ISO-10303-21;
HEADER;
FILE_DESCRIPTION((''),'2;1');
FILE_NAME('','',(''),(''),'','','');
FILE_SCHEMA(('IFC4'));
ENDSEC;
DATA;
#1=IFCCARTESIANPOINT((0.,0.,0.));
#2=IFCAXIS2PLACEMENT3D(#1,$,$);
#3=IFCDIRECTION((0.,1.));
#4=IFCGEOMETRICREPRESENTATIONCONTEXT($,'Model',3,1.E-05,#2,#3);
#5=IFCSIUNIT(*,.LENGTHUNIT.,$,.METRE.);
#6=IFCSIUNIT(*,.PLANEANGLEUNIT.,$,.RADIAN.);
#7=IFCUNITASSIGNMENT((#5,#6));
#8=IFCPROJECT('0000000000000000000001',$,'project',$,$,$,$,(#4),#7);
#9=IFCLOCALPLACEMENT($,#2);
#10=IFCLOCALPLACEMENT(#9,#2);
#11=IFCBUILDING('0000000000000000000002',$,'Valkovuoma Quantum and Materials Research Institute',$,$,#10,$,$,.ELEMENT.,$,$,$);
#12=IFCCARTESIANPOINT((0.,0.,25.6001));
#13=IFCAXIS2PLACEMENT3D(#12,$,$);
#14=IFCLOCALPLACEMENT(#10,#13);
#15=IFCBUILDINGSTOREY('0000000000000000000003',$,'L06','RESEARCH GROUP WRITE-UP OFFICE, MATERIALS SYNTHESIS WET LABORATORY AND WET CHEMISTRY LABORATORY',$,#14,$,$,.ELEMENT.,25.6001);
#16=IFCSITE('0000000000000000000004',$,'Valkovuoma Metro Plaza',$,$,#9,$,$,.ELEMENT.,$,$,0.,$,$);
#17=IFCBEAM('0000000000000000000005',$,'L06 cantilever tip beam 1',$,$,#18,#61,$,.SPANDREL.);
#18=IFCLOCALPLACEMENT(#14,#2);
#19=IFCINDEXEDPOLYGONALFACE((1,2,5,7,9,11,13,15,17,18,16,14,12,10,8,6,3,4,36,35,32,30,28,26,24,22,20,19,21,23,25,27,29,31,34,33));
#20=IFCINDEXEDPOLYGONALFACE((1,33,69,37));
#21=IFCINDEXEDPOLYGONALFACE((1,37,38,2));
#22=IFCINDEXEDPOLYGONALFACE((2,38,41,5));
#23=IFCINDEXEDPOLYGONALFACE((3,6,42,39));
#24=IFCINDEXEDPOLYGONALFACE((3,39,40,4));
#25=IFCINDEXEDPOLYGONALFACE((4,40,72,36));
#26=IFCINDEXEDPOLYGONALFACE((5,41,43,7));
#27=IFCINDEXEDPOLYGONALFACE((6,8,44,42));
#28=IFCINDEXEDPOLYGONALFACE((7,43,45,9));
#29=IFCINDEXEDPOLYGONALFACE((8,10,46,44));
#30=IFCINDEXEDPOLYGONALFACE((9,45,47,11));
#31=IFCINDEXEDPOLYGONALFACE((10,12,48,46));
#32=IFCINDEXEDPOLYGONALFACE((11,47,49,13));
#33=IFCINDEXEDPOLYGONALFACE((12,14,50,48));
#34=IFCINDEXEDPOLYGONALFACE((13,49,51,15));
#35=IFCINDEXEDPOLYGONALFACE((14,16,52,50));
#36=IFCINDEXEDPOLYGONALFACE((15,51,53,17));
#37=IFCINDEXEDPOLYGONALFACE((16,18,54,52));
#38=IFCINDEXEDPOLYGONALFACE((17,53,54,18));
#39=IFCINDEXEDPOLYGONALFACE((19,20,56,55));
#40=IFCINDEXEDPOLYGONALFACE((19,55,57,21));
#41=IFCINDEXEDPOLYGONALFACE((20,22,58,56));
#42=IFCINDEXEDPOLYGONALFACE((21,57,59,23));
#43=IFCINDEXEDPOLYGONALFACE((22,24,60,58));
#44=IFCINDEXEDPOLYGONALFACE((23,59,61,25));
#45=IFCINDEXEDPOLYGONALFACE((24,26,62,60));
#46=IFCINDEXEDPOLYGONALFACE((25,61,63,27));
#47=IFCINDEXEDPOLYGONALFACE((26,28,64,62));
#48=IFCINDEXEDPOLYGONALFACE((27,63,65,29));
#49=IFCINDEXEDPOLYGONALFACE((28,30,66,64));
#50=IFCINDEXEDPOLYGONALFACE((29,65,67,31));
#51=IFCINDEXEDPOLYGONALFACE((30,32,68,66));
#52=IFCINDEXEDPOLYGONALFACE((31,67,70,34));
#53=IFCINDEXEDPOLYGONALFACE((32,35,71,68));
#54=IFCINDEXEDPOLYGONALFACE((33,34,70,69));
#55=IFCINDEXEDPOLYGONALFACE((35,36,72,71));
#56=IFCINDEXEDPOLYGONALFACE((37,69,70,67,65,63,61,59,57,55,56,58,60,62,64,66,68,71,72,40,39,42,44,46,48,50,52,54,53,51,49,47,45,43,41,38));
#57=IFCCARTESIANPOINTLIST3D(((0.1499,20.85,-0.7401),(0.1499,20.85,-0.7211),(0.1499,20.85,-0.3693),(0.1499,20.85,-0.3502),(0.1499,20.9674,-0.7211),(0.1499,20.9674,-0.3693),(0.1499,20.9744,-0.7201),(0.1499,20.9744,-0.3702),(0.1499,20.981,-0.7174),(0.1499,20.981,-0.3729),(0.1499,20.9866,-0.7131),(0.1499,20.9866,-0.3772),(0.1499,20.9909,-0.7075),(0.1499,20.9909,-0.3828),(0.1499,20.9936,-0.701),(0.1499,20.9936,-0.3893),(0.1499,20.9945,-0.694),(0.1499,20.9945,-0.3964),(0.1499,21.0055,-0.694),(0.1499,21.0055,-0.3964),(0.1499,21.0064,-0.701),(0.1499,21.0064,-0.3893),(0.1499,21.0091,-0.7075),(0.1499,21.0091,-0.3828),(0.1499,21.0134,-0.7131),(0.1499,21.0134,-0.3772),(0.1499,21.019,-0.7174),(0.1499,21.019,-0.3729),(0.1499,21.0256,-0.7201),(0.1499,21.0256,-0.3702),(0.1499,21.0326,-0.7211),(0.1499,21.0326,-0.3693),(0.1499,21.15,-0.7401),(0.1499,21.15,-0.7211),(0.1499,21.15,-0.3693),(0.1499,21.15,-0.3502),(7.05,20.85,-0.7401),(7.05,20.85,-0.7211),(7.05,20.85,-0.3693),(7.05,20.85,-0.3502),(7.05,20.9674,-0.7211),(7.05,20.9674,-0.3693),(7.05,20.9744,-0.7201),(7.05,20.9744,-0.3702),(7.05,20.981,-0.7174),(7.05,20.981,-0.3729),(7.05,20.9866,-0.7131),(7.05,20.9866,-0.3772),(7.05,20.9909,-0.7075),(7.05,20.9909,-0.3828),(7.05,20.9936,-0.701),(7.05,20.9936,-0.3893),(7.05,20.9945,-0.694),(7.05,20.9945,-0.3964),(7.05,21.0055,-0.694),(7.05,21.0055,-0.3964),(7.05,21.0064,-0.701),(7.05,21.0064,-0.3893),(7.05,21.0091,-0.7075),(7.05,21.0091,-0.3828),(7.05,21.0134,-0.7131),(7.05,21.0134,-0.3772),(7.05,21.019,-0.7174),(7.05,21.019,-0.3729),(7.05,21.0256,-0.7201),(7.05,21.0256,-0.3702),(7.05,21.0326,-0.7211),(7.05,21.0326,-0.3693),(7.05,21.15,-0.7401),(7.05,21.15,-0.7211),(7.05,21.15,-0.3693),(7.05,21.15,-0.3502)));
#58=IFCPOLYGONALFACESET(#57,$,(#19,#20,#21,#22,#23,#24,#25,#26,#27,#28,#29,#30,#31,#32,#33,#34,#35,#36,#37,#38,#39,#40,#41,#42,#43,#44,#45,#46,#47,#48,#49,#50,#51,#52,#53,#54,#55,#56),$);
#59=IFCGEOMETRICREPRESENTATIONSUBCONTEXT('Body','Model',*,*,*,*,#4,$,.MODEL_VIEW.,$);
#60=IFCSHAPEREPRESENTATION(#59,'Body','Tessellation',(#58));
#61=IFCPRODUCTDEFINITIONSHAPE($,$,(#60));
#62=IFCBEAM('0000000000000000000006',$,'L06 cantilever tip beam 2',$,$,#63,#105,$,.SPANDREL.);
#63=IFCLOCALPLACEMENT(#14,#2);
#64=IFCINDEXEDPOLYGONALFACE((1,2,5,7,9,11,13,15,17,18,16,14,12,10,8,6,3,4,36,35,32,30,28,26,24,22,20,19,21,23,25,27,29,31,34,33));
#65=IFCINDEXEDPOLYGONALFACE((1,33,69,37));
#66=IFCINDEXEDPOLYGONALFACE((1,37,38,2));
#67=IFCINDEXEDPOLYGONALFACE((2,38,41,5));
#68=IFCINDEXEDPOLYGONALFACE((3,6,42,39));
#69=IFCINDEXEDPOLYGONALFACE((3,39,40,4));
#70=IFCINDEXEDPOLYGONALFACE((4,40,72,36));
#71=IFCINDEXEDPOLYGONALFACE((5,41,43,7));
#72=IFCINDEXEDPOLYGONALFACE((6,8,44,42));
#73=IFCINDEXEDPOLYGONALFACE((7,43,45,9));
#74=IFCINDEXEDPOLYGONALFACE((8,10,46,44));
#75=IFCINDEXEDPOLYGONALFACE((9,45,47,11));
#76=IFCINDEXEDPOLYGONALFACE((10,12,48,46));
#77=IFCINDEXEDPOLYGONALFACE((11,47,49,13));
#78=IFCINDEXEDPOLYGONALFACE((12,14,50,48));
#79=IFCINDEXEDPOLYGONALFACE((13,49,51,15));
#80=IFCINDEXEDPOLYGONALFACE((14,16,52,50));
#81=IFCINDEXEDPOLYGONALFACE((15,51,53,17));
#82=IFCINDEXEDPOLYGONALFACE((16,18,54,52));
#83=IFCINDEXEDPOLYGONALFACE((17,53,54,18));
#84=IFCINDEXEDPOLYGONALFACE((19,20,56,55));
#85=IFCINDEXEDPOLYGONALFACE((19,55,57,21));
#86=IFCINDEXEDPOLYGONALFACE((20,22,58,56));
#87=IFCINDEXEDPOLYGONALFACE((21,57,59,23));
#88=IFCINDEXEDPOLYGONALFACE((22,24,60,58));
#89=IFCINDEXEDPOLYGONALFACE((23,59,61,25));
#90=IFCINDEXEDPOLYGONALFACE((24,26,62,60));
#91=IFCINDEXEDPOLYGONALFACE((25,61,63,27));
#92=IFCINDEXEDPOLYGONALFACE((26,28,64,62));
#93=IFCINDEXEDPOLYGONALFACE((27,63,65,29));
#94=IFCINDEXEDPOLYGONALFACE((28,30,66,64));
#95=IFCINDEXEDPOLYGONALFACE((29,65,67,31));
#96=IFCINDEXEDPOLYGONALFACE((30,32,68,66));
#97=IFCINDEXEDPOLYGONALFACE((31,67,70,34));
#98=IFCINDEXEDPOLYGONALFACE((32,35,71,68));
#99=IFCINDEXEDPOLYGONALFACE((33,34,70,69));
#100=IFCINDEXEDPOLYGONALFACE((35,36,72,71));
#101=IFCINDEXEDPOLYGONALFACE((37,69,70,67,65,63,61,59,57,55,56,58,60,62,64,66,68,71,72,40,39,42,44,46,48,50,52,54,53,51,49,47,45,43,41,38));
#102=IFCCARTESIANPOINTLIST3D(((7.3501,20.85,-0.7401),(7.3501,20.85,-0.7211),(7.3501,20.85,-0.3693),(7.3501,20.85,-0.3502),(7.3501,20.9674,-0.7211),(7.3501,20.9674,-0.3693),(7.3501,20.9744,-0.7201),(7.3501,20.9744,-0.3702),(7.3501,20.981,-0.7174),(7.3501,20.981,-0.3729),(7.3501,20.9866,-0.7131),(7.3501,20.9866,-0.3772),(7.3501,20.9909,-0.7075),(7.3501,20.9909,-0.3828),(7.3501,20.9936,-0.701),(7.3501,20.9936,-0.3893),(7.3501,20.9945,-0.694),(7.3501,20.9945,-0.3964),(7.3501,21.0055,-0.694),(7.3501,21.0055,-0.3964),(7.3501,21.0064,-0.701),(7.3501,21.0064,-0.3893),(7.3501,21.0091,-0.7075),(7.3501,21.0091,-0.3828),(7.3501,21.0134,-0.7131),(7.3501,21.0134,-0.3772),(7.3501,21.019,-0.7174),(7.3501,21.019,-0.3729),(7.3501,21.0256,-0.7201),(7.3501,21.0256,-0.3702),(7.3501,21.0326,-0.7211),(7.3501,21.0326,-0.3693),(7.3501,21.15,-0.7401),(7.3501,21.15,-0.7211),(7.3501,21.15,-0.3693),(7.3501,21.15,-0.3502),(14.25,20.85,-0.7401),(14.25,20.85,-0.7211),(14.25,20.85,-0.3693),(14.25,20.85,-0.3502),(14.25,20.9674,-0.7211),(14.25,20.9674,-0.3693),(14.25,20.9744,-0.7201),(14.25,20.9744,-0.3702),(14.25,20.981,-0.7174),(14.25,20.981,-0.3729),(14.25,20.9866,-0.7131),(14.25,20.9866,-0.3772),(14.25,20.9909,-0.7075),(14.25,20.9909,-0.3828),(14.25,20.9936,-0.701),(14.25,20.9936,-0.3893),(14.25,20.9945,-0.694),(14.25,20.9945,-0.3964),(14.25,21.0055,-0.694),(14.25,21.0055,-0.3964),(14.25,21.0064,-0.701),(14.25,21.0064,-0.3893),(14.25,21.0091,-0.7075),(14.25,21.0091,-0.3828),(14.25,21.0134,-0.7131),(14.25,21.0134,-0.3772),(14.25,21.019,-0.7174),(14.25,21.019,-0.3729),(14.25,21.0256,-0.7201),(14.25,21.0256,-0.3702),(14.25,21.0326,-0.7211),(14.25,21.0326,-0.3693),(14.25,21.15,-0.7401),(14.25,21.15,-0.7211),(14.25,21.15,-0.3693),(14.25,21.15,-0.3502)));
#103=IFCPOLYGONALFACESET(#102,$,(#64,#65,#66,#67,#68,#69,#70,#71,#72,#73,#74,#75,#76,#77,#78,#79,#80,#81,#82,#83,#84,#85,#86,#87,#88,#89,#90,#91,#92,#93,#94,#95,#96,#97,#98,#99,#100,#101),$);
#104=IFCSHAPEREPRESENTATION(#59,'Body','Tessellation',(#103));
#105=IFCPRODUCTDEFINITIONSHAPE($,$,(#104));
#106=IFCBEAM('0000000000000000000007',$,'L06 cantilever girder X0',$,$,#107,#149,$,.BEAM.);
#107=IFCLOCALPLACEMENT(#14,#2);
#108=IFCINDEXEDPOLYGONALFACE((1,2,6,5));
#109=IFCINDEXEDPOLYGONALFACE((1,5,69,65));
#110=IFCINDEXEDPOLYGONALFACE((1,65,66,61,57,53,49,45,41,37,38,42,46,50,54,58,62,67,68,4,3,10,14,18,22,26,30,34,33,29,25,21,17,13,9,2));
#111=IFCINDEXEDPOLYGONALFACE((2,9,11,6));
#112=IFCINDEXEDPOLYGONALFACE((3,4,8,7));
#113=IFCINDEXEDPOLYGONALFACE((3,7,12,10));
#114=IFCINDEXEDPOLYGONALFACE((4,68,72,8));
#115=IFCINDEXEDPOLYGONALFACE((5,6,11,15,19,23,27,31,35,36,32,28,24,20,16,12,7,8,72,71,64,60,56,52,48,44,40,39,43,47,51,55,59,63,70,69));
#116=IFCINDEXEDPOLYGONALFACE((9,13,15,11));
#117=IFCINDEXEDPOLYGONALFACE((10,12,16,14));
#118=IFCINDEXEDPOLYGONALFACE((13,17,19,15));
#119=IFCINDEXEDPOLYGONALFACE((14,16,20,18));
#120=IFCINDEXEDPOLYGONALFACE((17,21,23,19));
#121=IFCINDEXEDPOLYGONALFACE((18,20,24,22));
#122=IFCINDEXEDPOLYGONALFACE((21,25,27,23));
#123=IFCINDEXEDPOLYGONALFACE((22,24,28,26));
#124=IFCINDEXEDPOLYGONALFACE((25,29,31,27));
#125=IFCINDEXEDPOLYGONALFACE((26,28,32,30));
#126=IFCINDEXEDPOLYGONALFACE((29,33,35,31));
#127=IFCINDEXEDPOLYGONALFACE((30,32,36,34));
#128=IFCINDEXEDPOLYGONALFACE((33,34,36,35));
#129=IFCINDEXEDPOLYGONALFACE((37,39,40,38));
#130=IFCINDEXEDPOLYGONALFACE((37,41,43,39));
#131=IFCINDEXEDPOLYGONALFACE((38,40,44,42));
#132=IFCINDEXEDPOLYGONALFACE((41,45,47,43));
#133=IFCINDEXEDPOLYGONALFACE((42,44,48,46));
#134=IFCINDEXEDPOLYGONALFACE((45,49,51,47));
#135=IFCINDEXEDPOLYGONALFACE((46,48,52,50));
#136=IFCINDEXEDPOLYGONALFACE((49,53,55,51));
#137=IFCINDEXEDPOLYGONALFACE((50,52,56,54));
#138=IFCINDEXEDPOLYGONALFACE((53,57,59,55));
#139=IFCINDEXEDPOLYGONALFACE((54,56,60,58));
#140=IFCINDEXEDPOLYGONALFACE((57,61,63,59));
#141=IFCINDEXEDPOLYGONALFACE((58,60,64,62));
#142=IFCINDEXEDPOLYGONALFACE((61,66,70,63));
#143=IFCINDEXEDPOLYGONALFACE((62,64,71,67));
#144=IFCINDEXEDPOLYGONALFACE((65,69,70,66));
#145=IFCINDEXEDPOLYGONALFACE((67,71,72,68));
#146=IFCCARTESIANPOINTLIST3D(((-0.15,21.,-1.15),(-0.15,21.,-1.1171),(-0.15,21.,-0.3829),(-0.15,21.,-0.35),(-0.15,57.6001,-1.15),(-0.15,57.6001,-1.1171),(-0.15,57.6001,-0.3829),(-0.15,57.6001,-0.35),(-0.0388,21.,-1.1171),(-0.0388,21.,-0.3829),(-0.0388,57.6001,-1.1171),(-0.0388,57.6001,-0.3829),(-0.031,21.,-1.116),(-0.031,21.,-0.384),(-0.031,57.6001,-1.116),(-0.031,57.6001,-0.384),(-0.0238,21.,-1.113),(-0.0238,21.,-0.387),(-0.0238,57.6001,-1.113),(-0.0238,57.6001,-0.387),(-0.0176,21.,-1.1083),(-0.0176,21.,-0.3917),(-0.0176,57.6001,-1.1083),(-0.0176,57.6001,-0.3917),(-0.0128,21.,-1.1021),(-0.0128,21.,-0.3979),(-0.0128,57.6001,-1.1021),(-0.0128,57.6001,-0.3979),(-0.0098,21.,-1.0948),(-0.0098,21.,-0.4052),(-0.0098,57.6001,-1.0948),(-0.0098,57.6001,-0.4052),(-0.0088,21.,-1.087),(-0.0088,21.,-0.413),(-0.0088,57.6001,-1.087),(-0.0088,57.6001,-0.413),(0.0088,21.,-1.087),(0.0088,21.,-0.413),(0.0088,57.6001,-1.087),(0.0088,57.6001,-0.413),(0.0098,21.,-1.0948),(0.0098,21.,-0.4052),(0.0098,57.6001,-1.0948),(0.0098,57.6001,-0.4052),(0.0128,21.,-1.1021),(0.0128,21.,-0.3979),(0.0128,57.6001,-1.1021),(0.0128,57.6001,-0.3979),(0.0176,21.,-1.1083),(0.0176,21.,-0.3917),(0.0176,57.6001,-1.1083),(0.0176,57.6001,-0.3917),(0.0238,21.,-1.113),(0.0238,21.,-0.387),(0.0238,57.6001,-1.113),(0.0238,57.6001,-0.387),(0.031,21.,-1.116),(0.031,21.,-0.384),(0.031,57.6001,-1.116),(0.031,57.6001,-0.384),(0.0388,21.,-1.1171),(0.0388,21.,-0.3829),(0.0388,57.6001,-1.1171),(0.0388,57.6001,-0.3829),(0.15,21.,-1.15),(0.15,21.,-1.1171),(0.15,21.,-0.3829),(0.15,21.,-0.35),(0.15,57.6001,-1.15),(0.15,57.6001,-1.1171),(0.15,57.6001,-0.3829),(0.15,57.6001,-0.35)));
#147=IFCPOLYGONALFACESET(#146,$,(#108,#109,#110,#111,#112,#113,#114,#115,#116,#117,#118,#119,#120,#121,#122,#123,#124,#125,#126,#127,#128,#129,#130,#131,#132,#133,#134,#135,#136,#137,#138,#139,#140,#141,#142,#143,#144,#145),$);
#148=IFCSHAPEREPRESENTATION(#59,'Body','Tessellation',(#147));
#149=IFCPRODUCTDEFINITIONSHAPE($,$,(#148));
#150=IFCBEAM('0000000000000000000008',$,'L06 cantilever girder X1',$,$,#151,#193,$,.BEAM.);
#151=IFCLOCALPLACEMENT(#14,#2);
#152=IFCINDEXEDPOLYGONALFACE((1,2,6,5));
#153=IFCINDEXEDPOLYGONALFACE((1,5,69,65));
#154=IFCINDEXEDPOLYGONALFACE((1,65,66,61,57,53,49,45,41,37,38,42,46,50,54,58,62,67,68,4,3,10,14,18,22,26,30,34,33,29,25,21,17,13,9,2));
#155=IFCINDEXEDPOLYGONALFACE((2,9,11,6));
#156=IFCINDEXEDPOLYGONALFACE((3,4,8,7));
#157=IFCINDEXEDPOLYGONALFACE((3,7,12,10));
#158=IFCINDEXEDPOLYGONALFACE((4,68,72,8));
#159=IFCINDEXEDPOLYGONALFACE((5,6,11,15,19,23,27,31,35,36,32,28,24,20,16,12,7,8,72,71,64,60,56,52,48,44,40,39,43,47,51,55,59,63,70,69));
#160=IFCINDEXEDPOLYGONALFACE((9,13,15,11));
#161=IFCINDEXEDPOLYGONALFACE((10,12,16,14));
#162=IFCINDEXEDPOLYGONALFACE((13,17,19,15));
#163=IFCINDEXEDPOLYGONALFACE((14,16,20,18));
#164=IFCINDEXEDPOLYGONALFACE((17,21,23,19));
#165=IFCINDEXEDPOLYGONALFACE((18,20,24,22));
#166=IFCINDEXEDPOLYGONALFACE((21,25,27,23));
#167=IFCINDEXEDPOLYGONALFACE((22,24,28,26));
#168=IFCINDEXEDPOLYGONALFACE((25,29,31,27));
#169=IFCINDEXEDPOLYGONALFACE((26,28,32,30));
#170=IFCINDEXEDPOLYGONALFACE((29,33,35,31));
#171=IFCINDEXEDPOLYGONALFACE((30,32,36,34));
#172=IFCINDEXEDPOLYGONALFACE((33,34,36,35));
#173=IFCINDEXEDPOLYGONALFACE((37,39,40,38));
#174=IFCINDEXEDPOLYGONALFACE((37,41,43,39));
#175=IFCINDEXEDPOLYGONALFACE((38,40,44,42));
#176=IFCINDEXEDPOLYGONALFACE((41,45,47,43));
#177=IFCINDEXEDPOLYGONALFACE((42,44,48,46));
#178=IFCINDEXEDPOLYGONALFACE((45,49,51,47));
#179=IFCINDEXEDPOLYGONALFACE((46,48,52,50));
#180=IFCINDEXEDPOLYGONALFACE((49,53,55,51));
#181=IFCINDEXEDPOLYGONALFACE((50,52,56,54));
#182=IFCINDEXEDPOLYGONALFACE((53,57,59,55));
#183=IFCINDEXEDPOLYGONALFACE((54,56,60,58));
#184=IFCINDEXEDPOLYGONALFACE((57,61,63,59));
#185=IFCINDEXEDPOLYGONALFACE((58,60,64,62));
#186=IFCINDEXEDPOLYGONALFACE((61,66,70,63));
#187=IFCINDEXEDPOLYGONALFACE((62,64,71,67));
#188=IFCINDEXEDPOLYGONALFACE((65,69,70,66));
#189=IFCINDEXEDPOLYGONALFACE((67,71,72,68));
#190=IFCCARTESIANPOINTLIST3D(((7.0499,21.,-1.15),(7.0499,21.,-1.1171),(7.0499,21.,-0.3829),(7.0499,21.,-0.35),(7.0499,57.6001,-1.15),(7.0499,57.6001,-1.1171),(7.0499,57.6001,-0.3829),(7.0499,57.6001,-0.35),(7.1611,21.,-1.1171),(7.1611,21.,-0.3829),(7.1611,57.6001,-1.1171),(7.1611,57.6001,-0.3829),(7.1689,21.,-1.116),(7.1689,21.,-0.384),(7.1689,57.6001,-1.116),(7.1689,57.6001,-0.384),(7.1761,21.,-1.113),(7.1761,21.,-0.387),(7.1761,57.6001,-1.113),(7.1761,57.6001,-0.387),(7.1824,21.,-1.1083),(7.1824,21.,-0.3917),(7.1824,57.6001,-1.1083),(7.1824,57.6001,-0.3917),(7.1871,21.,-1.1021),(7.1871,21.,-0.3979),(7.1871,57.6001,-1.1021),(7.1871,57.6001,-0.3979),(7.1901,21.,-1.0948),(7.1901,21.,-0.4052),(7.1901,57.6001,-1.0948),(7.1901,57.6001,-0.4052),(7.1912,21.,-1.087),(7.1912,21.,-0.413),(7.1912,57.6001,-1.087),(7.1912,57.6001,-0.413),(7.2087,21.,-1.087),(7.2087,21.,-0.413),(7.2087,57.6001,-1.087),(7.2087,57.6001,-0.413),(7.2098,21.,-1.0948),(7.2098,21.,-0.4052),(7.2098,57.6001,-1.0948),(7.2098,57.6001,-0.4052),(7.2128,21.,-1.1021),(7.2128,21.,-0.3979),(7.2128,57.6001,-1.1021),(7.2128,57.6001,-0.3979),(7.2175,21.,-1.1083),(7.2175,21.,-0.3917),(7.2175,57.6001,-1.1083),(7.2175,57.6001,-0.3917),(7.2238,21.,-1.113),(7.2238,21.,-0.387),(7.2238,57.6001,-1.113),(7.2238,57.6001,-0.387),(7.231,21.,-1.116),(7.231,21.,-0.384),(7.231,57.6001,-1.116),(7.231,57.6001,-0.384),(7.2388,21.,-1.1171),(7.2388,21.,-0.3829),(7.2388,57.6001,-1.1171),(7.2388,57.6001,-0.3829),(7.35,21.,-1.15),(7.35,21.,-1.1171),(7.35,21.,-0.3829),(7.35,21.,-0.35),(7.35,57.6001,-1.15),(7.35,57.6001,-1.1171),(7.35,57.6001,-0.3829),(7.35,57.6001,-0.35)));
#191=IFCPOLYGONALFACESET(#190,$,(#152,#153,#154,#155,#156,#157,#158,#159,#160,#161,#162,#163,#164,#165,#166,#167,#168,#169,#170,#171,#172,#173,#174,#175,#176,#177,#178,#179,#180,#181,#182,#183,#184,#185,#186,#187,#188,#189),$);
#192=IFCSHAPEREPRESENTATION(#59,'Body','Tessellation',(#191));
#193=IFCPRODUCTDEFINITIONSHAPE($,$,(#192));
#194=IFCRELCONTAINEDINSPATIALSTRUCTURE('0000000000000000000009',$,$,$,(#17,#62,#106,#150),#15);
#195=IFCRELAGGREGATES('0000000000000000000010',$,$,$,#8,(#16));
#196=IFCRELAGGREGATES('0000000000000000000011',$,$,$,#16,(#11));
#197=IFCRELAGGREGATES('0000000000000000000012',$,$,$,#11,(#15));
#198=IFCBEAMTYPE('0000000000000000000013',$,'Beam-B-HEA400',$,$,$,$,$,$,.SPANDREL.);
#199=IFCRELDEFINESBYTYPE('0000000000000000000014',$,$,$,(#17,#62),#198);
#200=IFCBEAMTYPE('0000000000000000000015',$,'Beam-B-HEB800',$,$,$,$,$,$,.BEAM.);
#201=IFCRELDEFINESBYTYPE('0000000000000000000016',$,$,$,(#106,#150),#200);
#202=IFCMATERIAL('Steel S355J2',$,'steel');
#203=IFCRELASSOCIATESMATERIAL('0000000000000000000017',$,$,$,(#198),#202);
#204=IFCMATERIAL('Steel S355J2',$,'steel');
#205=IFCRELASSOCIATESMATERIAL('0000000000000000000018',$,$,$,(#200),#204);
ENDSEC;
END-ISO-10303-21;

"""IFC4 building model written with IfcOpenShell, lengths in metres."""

from ifc_helpers import new_model, si_unit, direction, frame, origin, origin_2d, place, context, subcontext, project, spatial, i_section, extrude, material, material_profile, profile_set, type_object, element, save


model = new_model("IFC4")

# Units and contexts
model_context = context("Model", 3, precision=1e-05, world=origin(), true_north=direction((0.0, 1.0)))
body_context = subcontext(model_context, "Body", "Model", "MODEL_VIEW")
ifc_project = project(units=[si_unit("LENGTHUNIT", "METRE"), si_unit("PLANEANGLEUNIT", "RADIAN")], contexts=[model_context])

# Site, building, storey
site_placement = place(None, origin())
site = spatial("IfcSite", under=ifc_project, at=site_placement, Name="Valkovuoma Metro Plaza", CompositionType="ELEMENT", RefElevation=0.0)
building_placement = place(site_placement, origin())
building = spatial("IfcBuilding", under=site, at=building_placement, Name="Valkovuoma Quantum and Materials Research Institute", CompositionType="ELEMENT")
storey_placement = place(building_placement, frame((0.0, 0.0, 25.6001)))
storey = spatial("IfcBuildingStorey", under=building, at=storey_placement, Name="L06", Description="RESEARCH GROUP WRITE-UP OFFICE, MATERIALS SYNTHESIS WET LABORATORY AND WET CHEMISTRY LABORATORY", CompositionType="ELEMENT", Elevation=25.6001)

# Beams
ifc_material_1 = material(Name="Steel S355J2", Category="steel")
ifc_material_profile_1 = material_profile(ifc_material_1, i_section(OverallWidth=0.3, OverallDepth=0.3899, WebThickness=0.011, FlangeThickness=0.019, FilletRadius=0.0271, at=origin_2d()), Name="Steel S355J2")
ifc_profile_set_1 = profile_set([ifc_material_profile_1], Name="Steel S355J2")
beam_type_1 = type_object("IfcBeamType", Name="Beam-B-HEA400", PredefinedType="SPANDREL", material=ifc_profile_set_1)
beam_1_placement = place(storey_placement, frame((0.1499, 21.0, -0.5452), z_axis=(1.0, 0.0, 0.0), x_axis=(0.0, 1.0, 0.0)))
element("IfcBeam", 1, at=beam_1_placement, inside=storey, type_object=beam_type_1, Name="L06 cantilever tip beam 1", PredefinedType="SPANDREL", context=body_context, shape_type="SweptSolid", body=[
    extrude(i_section(OverallWidth=0.3, OverallDepth=0.3899, WebThickness=0.011, FlangeThickness=0.019, FilletRadius=0.0271, at=origin_2d()), origin(), (0.0, 0.0, 1.0), 6.9001),
])
beam_2_placement = place(storey_placement, frame((7.3501, 21.0, -0.5452), z_axis=(1.0, 0.0, 0.0), x_axis=(0.0, 1.0, 0.0)))
element("IfcBeam", 2, at=beam_2_placement, inside=storey, type_object=beam_type_1, Name="L06 cantilever tip beam 2", PredefinedType="SPANDREL", context=body_context, shape_type="SweptSolid", body=[
    extrude(i_section(OverallWidth=0.3, OverallDepth=0.3899, WebThickness=0.011, FlangeThickness=0.019, FilletRadius=0.0271, at=origin_2d()), origin(), (0.0, 0.0, 1.0), 6.8999),
])
ifc_material_2 = material(Name="Steel S355J2", Category="steel")
ifc_material_profile_2 = material_profile(ifc_material_2, i_section(OverallWidth=0.3, OverallDepth=0.8, WebThickness=0.0176, FlangeThickness=0.033, FilletRadius=0.03, at=origin_2d()), Name="Steel S355J2")
ifc_profile_set_2 = profile_set([ifc_material_profile_2], Name="Steel S355J2")
beam_type_2 = type_object("IfcBeamType", Name="Beam-B-HEB800", PredefinedType="BEAM", material=ifc_profile_set_2)
for number, where, z_axis, x_axis, name in (
    (3, (0.0, 21.0, -0.75), (0.0, 1.0, 0.0), (-1.0, 0.0, 0.0), "L06 cantilever girder X0"),
    (4, (7.2, 21.0, -0.75), (0.0, 1.0, 0.0), (-1.0, 0.0, 0.0), "L06 cantilever girder X1"),
):
    element("IfcBeam", number, at=place(storey_placement, frame(where, z_axis=z_axis, x_axis=x_axis)), inside=storey, type_object=beam_type_2, Name=name, PredefinedType="BEAM", context=body_context, shape_type="SweptSolid", body=[
        extrude(i_section(OverallWidth=0.3, OverallDepth=0.8, WebThickness=0.0176, FlangeThickness=0.033, FilletRadius=0.03, at=origin_2d()), origin(), (0.0, 0.0, 1.0), 36.6001),
    ])

save(model, "model.ifc")
